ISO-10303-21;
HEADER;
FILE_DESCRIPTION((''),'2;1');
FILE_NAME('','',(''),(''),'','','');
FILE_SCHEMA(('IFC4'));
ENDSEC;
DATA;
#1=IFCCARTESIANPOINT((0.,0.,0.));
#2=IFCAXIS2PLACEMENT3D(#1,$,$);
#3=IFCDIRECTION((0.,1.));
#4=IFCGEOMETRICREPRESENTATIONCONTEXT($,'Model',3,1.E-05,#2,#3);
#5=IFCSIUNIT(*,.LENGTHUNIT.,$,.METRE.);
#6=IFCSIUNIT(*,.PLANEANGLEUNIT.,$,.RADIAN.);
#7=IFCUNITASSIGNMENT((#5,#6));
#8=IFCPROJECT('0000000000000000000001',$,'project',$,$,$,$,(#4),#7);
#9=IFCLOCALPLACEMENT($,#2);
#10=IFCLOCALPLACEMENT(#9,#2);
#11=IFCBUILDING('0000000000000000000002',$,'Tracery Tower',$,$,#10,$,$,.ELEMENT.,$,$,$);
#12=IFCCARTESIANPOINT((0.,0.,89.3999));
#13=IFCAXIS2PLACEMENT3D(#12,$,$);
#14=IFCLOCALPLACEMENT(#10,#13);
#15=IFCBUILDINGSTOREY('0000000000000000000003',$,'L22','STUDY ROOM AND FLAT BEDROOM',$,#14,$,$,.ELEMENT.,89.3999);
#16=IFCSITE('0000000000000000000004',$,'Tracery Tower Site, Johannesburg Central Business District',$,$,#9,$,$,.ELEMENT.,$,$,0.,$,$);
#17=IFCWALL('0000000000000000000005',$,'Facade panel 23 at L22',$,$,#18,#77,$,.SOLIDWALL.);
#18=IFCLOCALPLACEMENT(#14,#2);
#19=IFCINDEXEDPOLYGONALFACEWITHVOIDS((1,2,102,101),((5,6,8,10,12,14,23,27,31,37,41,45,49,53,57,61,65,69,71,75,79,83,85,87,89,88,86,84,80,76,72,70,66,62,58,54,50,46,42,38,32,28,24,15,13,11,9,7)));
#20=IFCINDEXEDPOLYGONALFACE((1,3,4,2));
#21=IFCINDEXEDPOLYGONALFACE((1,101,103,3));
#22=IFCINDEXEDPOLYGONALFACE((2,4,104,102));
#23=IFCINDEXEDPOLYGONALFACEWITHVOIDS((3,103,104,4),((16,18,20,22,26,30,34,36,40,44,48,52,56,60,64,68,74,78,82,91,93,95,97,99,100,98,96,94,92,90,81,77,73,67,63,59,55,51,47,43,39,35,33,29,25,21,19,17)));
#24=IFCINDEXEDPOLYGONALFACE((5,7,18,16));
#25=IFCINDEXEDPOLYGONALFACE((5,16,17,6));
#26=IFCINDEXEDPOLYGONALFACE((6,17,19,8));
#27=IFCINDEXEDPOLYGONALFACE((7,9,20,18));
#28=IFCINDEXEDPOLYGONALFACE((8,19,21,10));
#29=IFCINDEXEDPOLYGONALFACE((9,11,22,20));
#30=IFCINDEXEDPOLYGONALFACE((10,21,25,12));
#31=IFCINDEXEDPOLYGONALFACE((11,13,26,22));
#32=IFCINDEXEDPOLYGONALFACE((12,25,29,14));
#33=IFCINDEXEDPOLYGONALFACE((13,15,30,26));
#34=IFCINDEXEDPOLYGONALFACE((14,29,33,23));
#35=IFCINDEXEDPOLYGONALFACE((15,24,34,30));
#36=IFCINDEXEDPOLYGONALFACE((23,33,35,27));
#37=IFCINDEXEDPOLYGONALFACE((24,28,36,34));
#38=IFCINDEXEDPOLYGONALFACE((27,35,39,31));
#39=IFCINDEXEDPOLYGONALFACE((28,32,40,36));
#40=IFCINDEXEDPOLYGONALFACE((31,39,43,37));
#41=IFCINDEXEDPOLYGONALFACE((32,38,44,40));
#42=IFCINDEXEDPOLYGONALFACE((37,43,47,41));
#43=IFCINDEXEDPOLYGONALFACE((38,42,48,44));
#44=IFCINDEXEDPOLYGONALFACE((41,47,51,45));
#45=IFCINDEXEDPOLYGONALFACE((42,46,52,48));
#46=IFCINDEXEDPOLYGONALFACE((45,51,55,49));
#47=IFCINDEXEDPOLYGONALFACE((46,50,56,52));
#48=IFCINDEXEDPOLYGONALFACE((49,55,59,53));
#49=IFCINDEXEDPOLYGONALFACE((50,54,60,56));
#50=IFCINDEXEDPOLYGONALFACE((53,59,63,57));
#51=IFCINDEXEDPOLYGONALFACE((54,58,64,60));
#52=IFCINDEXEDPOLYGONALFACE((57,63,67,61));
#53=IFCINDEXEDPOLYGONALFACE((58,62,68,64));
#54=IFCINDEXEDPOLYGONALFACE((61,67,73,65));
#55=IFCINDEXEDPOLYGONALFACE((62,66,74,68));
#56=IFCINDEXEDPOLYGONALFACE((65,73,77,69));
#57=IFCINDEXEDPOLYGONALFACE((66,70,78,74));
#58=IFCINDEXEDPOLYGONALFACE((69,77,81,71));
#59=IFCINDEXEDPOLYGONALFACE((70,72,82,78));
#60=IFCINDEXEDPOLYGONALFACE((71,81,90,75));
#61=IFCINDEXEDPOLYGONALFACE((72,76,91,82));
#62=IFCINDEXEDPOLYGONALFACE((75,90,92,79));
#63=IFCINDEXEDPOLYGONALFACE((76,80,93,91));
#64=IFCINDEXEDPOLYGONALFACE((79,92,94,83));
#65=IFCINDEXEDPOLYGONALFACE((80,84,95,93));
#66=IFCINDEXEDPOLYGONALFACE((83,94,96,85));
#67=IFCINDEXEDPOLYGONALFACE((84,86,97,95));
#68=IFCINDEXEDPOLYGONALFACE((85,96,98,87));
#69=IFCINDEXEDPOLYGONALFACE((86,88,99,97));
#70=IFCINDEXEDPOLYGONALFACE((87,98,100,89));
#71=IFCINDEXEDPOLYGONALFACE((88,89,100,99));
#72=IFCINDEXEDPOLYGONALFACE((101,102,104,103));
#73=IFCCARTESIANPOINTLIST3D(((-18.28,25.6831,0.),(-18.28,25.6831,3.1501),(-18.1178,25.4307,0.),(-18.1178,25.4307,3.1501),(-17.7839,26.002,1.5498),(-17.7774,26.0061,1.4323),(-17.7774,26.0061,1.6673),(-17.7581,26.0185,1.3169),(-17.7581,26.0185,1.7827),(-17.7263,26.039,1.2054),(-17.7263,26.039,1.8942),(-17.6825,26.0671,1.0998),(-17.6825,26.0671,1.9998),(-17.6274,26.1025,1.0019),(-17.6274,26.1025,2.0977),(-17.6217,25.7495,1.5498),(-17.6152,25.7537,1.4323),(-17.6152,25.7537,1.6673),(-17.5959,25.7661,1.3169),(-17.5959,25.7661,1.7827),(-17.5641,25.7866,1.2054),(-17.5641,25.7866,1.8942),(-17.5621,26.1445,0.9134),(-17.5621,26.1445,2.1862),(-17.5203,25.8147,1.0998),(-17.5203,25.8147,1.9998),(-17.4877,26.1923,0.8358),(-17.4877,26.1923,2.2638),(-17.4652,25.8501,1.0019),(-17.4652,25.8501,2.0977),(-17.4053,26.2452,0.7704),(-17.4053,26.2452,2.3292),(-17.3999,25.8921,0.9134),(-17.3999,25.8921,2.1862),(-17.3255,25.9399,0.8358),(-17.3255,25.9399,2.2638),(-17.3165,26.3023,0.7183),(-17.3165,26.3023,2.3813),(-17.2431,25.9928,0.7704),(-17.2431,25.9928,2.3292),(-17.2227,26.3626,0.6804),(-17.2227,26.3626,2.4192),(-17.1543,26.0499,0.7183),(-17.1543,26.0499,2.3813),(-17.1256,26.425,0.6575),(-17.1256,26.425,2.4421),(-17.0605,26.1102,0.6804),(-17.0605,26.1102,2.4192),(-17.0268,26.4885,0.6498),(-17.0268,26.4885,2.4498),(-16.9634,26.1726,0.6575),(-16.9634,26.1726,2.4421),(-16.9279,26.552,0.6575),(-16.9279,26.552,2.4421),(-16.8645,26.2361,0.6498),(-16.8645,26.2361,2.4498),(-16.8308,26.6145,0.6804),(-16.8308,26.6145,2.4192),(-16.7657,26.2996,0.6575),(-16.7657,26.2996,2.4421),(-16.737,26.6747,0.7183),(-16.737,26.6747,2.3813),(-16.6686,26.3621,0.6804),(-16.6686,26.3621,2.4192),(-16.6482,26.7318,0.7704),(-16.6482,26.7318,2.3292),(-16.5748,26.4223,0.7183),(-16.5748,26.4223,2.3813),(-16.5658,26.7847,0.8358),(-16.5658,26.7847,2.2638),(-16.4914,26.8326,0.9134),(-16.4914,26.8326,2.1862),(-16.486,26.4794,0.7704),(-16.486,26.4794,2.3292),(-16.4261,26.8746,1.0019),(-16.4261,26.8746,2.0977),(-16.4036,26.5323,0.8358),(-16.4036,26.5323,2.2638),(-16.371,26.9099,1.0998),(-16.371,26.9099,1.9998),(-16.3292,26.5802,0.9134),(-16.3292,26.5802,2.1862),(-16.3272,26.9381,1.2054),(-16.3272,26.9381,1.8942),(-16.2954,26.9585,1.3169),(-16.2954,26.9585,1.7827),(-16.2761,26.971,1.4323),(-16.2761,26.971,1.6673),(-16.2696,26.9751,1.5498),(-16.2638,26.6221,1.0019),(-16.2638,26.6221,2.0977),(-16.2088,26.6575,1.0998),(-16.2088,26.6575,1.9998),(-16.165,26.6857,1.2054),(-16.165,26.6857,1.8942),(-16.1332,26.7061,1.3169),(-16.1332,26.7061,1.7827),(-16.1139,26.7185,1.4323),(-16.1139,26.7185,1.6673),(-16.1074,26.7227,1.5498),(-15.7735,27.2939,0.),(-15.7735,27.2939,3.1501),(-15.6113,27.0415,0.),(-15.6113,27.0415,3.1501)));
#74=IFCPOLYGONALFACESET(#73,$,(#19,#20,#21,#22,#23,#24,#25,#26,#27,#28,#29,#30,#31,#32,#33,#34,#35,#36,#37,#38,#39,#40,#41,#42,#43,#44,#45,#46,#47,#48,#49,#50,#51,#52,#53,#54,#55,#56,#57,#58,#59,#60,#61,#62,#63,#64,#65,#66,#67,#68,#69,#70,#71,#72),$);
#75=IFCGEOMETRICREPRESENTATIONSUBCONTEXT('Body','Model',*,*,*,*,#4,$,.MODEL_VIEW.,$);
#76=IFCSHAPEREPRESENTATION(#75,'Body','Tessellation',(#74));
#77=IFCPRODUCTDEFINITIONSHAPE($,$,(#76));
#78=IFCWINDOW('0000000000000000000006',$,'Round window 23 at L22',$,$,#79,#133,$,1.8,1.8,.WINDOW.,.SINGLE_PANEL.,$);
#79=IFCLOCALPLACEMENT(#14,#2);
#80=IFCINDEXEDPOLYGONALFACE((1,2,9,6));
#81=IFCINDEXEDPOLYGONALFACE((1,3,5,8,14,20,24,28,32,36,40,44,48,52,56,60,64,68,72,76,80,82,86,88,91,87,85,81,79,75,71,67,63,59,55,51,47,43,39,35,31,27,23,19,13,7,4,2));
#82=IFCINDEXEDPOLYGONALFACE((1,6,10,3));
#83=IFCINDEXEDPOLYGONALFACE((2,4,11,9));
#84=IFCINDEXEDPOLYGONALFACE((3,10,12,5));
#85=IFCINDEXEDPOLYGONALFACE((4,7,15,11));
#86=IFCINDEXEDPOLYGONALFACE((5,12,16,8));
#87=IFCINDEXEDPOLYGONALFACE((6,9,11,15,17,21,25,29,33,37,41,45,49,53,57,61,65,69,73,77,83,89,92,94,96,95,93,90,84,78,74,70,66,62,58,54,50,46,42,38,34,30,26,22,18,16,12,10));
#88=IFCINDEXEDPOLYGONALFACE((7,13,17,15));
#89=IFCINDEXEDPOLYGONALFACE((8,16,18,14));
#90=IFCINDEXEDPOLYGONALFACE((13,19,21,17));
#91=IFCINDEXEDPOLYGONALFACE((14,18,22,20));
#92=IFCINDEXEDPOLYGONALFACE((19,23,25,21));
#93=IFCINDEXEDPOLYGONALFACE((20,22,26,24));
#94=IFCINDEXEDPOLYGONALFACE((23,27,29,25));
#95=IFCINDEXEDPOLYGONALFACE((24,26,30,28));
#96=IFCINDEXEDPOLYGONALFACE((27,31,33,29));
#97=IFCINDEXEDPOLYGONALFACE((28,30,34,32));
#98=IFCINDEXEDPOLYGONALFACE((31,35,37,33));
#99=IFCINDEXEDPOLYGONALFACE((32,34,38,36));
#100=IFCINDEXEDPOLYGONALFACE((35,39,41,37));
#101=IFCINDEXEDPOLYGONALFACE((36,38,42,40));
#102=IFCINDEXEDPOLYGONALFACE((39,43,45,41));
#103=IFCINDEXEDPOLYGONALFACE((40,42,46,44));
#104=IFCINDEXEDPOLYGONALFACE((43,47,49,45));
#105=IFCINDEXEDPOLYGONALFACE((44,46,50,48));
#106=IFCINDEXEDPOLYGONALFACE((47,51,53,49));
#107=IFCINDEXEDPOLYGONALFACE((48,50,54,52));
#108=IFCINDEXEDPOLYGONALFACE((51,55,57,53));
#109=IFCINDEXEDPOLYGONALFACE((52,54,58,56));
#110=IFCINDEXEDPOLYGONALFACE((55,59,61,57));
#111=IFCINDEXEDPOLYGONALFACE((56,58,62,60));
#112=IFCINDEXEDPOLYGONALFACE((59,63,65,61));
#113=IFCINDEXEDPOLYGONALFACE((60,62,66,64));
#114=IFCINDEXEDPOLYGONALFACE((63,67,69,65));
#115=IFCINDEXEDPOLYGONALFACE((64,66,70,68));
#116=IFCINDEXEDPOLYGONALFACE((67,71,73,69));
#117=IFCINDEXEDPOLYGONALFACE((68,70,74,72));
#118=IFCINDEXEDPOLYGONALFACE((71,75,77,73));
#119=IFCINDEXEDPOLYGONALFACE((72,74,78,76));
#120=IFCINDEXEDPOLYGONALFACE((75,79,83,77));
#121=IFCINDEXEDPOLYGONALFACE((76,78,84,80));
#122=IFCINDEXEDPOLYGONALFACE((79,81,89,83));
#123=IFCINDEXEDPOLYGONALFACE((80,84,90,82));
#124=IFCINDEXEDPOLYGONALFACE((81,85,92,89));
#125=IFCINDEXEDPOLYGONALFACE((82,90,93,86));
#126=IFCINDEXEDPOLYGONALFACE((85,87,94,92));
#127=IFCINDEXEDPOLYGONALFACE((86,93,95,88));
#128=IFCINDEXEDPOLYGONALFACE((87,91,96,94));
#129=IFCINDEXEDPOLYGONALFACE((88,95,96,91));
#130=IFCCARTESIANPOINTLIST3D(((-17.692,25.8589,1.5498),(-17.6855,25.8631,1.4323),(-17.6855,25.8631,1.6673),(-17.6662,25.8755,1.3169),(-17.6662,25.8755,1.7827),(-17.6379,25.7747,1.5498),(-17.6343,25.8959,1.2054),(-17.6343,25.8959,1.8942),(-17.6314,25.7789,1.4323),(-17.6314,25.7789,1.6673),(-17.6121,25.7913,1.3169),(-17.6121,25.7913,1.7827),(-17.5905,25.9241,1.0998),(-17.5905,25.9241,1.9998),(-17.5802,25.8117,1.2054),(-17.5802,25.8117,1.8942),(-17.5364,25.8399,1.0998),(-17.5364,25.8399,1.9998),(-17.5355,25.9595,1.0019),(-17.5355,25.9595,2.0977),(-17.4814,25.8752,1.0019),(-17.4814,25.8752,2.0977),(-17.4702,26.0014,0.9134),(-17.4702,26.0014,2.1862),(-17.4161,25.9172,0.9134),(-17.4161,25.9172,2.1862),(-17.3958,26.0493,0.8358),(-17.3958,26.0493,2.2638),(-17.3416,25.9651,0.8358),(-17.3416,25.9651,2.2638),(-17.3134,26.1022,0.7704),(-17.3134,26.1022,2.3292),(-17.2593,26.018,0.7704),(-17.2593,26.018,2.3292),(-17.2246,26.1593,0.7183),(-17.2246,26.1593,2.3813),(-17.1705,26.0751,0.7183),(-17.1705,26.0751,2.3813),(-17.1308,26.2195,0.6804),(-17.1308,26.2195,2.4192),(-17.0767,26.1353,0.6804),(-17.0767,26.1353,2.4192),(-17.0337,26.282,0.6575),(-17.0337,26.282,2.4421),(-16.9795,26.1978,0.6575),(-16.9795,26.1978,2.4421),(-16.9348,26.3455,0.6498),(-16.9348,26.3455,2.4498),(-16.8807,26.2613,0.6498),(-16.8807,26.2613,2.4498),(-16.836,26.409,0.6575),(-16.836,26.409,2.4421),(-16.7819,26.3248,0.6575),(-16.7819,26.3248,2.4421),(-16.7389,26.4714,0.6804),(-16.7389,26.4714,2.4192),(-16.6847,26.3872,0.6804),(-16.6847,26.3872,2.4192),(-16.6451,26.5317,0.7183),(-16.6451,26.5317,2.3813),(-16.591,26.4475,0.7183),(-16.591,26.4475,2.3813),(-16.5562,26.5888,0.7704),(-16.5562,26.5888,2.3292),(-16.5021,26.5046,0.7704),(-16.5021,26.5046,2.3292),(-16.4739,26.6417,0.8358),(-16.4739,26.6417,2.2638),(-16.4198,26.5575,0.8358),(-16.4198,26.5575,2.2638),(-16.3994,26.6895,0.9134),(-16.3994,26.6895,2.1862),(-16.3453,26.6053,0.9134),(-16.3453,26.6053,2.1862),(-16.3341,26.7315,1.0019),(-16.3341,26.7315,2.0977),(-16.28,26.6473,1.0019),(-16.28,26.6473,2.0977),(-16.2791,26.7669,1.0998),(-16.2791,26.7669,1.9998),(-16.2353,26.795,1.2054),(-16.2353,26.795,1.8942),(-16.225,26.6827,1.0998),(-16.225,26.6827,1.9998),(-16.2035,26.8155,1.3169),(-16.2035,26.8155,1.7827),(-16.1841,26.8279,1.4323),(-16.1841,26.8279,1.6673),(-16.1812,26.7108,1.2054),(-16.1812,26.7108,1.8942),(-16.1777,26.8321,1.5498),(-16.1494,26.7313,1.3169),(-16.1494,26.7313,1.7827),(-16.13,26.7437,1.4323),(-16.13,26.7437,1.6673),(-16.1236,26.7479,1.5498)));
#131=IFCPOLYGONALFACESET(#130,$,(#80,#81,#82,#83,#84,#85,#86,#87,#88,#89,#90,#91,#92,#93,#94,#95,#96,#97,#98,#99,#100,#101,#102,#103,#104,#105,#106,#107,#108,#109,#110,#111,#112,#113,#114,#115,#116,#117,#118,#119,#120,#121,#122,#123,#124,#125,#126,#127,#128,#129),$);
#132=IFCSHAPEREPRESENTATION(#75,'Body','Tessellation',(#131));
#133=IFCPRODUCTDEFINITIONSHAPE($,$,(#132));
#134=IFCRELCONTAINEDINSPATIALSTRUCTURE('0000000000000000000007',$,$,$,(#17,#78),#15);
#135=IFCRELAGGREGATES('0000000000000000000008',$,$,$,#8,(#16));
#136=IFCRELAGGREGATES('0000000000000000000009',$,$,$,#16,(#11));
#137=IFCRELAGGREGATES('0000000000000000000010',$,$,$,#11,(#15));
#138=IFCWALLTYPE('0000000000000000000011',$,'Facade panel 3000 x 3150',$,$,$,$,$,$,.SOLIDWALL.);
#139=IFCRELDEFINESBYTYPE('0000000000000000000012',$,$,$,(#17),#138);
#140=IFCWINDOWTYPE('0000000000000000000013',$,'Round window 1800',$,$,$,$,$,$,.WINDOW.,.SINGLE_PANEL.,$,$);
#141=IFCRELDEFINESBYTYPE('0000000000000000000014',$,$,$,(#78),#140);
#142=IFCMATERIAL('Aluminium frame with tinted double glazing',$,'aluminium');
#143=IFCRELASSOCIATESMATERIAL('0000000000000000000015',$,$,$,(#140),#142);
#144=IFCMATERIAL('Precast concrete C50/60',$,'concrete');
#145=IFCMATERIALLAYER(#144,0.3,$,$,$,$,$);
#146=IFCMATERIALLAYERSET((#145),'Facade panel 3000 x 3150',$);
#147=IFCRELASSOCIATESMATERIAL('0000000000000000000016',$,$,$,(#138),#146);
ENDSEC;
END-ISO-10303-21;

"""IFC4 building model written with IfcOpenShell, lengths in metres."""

from ifc_helpers import new_model, si_unit, direction, frame, frame_2d, origin, origin_2d, place, context, subcontext, project, spatial, rectangle, circle, extrude, material, layer, layer_set, type_object, element, fill, save


model = new_model("IFC4")

# Units and contexts
model_context = context("Model", 3, precision=1e-05, world=origin(), true_north=direction((0.0, 1.0)))
body_context = subcontext(model_context, "Body", "Model", "MODEL_VIEW")
ifc_project = project(units=[si_unit("LENGTHUNIT", "METRE"), si_unit("PLANEANGLEUNIT", "RADIAN")], contexts=[model_context])

# Site, building, storey
site_placement = place(None, origin())
site = spatial("IfcSite", under=ifc_project, at=site_placement, Name="Tracery Tower Site, Johannesburg Central Business District", CompositionType="ELEMENT", RefElevation=0.0)
building_placement = place(site_placement, origin())
building = spatial("IfcBuilding", under=site, at=building_placement, Name="Tracery Tower", CompositionType="ELEMENT")
storey_placement = place(building_placement, frame((0.0, 0.0, 89.3999)))
storey = spatial("IfcBuildingStorey", under=building, at=storey_placement, Name="L22", Description="STUDY ROOM AND FLAT BEDROOM", CompositionType="ELEMENT", Elevation=89.3999)

# Wall, opening, window
ifc_material_1 = material(Name="Aluminium frame with tinted double glazing", Category="aluminium")
window_type = type_object("IfcWindowType", Name="Round window 1800", PartitioningType="SINGLE_PANEL", PredefinedType="WINDOW", material=ifc_material_1)
ifc_material_2 = material(Name="Precast concrete C50/60", Category="concrete")
ifc_layer_1 = layer(ifc_material_2, 0.3)
ifc_layer_set_1 = layer_set([ifc_layer_1], Name="Facade panel 3000 x 3150")
wall_type_1 = type_object("IfcWallType", Name="Facade panel 3000 x 3150", PredefinedType="SOLIDWALL", material=ifc_layer_set_1)
wall_1_placement = place(storey_placement, frame((-15.6924, 27.1677, 0.0), z_axis=(0.0, 0.0, 1.0), x_axis=(-0.841261, -0.540629, 0.0)))
wall_1 = element("IfcWall", 1, at=wall_1_placement, inside=storey, type_object=wall_type_1, Name="Facade panel 23 at L22", PredefinedType="SOLIDWALL", context=body_context, shape_type="SweptSolid", body=[
    extrude(rectangle(XDim=2.9795, YDim=0.3, at=frame_2d((1.4897, 0.0))), origin(), (0.0, 0.0, 1.0), 3.1501),
])
opening_1_placement = place(wall_1_placement, frame((1.4897, 0.0, 1.5498)))
opening_1 = element("IfcOpeningElement", 2, at=opening_1_placement, cuts=wall_1, PredefinedType="OPENING", context=body_context, shape_type="SweptSolid", body=[
    extrude(circle(Radius=0.9, at=origin_2d()), frame((0.0, 0.1599, 0.0), z_axis=(0.0, -1.0, 0.0), x_axis=(1.0, 0.0, 0.0)), (0.0, 0.0, 1.0), 0.3201),
])
window_1_placement = place(opening_1_placement, origin())
window_1 = element("IfcWindow", 3, at=window_1_placement, inside=storey, type_object=window_type, Name="Round window 23 at L22", OverallHeight=1.8, OverallWidth=1.8, PartitioningType="SINGLE_PANEL", PredefinedType="WINDOW", context=body_context, shape_type="SweptSolid", body=[
    extrude(circle(Radius=0.9, at=origin_2d()), frame((0.0, 0.1201, 0.0), z_axis=(0.0, -1.0, 0.0), x_axis=(1.0, 0.0, 0.0)), (0.0, 0.0, 1.0), 0.1001),
])
fill(opening_1, window_1)

save(model, "model.ifc")
